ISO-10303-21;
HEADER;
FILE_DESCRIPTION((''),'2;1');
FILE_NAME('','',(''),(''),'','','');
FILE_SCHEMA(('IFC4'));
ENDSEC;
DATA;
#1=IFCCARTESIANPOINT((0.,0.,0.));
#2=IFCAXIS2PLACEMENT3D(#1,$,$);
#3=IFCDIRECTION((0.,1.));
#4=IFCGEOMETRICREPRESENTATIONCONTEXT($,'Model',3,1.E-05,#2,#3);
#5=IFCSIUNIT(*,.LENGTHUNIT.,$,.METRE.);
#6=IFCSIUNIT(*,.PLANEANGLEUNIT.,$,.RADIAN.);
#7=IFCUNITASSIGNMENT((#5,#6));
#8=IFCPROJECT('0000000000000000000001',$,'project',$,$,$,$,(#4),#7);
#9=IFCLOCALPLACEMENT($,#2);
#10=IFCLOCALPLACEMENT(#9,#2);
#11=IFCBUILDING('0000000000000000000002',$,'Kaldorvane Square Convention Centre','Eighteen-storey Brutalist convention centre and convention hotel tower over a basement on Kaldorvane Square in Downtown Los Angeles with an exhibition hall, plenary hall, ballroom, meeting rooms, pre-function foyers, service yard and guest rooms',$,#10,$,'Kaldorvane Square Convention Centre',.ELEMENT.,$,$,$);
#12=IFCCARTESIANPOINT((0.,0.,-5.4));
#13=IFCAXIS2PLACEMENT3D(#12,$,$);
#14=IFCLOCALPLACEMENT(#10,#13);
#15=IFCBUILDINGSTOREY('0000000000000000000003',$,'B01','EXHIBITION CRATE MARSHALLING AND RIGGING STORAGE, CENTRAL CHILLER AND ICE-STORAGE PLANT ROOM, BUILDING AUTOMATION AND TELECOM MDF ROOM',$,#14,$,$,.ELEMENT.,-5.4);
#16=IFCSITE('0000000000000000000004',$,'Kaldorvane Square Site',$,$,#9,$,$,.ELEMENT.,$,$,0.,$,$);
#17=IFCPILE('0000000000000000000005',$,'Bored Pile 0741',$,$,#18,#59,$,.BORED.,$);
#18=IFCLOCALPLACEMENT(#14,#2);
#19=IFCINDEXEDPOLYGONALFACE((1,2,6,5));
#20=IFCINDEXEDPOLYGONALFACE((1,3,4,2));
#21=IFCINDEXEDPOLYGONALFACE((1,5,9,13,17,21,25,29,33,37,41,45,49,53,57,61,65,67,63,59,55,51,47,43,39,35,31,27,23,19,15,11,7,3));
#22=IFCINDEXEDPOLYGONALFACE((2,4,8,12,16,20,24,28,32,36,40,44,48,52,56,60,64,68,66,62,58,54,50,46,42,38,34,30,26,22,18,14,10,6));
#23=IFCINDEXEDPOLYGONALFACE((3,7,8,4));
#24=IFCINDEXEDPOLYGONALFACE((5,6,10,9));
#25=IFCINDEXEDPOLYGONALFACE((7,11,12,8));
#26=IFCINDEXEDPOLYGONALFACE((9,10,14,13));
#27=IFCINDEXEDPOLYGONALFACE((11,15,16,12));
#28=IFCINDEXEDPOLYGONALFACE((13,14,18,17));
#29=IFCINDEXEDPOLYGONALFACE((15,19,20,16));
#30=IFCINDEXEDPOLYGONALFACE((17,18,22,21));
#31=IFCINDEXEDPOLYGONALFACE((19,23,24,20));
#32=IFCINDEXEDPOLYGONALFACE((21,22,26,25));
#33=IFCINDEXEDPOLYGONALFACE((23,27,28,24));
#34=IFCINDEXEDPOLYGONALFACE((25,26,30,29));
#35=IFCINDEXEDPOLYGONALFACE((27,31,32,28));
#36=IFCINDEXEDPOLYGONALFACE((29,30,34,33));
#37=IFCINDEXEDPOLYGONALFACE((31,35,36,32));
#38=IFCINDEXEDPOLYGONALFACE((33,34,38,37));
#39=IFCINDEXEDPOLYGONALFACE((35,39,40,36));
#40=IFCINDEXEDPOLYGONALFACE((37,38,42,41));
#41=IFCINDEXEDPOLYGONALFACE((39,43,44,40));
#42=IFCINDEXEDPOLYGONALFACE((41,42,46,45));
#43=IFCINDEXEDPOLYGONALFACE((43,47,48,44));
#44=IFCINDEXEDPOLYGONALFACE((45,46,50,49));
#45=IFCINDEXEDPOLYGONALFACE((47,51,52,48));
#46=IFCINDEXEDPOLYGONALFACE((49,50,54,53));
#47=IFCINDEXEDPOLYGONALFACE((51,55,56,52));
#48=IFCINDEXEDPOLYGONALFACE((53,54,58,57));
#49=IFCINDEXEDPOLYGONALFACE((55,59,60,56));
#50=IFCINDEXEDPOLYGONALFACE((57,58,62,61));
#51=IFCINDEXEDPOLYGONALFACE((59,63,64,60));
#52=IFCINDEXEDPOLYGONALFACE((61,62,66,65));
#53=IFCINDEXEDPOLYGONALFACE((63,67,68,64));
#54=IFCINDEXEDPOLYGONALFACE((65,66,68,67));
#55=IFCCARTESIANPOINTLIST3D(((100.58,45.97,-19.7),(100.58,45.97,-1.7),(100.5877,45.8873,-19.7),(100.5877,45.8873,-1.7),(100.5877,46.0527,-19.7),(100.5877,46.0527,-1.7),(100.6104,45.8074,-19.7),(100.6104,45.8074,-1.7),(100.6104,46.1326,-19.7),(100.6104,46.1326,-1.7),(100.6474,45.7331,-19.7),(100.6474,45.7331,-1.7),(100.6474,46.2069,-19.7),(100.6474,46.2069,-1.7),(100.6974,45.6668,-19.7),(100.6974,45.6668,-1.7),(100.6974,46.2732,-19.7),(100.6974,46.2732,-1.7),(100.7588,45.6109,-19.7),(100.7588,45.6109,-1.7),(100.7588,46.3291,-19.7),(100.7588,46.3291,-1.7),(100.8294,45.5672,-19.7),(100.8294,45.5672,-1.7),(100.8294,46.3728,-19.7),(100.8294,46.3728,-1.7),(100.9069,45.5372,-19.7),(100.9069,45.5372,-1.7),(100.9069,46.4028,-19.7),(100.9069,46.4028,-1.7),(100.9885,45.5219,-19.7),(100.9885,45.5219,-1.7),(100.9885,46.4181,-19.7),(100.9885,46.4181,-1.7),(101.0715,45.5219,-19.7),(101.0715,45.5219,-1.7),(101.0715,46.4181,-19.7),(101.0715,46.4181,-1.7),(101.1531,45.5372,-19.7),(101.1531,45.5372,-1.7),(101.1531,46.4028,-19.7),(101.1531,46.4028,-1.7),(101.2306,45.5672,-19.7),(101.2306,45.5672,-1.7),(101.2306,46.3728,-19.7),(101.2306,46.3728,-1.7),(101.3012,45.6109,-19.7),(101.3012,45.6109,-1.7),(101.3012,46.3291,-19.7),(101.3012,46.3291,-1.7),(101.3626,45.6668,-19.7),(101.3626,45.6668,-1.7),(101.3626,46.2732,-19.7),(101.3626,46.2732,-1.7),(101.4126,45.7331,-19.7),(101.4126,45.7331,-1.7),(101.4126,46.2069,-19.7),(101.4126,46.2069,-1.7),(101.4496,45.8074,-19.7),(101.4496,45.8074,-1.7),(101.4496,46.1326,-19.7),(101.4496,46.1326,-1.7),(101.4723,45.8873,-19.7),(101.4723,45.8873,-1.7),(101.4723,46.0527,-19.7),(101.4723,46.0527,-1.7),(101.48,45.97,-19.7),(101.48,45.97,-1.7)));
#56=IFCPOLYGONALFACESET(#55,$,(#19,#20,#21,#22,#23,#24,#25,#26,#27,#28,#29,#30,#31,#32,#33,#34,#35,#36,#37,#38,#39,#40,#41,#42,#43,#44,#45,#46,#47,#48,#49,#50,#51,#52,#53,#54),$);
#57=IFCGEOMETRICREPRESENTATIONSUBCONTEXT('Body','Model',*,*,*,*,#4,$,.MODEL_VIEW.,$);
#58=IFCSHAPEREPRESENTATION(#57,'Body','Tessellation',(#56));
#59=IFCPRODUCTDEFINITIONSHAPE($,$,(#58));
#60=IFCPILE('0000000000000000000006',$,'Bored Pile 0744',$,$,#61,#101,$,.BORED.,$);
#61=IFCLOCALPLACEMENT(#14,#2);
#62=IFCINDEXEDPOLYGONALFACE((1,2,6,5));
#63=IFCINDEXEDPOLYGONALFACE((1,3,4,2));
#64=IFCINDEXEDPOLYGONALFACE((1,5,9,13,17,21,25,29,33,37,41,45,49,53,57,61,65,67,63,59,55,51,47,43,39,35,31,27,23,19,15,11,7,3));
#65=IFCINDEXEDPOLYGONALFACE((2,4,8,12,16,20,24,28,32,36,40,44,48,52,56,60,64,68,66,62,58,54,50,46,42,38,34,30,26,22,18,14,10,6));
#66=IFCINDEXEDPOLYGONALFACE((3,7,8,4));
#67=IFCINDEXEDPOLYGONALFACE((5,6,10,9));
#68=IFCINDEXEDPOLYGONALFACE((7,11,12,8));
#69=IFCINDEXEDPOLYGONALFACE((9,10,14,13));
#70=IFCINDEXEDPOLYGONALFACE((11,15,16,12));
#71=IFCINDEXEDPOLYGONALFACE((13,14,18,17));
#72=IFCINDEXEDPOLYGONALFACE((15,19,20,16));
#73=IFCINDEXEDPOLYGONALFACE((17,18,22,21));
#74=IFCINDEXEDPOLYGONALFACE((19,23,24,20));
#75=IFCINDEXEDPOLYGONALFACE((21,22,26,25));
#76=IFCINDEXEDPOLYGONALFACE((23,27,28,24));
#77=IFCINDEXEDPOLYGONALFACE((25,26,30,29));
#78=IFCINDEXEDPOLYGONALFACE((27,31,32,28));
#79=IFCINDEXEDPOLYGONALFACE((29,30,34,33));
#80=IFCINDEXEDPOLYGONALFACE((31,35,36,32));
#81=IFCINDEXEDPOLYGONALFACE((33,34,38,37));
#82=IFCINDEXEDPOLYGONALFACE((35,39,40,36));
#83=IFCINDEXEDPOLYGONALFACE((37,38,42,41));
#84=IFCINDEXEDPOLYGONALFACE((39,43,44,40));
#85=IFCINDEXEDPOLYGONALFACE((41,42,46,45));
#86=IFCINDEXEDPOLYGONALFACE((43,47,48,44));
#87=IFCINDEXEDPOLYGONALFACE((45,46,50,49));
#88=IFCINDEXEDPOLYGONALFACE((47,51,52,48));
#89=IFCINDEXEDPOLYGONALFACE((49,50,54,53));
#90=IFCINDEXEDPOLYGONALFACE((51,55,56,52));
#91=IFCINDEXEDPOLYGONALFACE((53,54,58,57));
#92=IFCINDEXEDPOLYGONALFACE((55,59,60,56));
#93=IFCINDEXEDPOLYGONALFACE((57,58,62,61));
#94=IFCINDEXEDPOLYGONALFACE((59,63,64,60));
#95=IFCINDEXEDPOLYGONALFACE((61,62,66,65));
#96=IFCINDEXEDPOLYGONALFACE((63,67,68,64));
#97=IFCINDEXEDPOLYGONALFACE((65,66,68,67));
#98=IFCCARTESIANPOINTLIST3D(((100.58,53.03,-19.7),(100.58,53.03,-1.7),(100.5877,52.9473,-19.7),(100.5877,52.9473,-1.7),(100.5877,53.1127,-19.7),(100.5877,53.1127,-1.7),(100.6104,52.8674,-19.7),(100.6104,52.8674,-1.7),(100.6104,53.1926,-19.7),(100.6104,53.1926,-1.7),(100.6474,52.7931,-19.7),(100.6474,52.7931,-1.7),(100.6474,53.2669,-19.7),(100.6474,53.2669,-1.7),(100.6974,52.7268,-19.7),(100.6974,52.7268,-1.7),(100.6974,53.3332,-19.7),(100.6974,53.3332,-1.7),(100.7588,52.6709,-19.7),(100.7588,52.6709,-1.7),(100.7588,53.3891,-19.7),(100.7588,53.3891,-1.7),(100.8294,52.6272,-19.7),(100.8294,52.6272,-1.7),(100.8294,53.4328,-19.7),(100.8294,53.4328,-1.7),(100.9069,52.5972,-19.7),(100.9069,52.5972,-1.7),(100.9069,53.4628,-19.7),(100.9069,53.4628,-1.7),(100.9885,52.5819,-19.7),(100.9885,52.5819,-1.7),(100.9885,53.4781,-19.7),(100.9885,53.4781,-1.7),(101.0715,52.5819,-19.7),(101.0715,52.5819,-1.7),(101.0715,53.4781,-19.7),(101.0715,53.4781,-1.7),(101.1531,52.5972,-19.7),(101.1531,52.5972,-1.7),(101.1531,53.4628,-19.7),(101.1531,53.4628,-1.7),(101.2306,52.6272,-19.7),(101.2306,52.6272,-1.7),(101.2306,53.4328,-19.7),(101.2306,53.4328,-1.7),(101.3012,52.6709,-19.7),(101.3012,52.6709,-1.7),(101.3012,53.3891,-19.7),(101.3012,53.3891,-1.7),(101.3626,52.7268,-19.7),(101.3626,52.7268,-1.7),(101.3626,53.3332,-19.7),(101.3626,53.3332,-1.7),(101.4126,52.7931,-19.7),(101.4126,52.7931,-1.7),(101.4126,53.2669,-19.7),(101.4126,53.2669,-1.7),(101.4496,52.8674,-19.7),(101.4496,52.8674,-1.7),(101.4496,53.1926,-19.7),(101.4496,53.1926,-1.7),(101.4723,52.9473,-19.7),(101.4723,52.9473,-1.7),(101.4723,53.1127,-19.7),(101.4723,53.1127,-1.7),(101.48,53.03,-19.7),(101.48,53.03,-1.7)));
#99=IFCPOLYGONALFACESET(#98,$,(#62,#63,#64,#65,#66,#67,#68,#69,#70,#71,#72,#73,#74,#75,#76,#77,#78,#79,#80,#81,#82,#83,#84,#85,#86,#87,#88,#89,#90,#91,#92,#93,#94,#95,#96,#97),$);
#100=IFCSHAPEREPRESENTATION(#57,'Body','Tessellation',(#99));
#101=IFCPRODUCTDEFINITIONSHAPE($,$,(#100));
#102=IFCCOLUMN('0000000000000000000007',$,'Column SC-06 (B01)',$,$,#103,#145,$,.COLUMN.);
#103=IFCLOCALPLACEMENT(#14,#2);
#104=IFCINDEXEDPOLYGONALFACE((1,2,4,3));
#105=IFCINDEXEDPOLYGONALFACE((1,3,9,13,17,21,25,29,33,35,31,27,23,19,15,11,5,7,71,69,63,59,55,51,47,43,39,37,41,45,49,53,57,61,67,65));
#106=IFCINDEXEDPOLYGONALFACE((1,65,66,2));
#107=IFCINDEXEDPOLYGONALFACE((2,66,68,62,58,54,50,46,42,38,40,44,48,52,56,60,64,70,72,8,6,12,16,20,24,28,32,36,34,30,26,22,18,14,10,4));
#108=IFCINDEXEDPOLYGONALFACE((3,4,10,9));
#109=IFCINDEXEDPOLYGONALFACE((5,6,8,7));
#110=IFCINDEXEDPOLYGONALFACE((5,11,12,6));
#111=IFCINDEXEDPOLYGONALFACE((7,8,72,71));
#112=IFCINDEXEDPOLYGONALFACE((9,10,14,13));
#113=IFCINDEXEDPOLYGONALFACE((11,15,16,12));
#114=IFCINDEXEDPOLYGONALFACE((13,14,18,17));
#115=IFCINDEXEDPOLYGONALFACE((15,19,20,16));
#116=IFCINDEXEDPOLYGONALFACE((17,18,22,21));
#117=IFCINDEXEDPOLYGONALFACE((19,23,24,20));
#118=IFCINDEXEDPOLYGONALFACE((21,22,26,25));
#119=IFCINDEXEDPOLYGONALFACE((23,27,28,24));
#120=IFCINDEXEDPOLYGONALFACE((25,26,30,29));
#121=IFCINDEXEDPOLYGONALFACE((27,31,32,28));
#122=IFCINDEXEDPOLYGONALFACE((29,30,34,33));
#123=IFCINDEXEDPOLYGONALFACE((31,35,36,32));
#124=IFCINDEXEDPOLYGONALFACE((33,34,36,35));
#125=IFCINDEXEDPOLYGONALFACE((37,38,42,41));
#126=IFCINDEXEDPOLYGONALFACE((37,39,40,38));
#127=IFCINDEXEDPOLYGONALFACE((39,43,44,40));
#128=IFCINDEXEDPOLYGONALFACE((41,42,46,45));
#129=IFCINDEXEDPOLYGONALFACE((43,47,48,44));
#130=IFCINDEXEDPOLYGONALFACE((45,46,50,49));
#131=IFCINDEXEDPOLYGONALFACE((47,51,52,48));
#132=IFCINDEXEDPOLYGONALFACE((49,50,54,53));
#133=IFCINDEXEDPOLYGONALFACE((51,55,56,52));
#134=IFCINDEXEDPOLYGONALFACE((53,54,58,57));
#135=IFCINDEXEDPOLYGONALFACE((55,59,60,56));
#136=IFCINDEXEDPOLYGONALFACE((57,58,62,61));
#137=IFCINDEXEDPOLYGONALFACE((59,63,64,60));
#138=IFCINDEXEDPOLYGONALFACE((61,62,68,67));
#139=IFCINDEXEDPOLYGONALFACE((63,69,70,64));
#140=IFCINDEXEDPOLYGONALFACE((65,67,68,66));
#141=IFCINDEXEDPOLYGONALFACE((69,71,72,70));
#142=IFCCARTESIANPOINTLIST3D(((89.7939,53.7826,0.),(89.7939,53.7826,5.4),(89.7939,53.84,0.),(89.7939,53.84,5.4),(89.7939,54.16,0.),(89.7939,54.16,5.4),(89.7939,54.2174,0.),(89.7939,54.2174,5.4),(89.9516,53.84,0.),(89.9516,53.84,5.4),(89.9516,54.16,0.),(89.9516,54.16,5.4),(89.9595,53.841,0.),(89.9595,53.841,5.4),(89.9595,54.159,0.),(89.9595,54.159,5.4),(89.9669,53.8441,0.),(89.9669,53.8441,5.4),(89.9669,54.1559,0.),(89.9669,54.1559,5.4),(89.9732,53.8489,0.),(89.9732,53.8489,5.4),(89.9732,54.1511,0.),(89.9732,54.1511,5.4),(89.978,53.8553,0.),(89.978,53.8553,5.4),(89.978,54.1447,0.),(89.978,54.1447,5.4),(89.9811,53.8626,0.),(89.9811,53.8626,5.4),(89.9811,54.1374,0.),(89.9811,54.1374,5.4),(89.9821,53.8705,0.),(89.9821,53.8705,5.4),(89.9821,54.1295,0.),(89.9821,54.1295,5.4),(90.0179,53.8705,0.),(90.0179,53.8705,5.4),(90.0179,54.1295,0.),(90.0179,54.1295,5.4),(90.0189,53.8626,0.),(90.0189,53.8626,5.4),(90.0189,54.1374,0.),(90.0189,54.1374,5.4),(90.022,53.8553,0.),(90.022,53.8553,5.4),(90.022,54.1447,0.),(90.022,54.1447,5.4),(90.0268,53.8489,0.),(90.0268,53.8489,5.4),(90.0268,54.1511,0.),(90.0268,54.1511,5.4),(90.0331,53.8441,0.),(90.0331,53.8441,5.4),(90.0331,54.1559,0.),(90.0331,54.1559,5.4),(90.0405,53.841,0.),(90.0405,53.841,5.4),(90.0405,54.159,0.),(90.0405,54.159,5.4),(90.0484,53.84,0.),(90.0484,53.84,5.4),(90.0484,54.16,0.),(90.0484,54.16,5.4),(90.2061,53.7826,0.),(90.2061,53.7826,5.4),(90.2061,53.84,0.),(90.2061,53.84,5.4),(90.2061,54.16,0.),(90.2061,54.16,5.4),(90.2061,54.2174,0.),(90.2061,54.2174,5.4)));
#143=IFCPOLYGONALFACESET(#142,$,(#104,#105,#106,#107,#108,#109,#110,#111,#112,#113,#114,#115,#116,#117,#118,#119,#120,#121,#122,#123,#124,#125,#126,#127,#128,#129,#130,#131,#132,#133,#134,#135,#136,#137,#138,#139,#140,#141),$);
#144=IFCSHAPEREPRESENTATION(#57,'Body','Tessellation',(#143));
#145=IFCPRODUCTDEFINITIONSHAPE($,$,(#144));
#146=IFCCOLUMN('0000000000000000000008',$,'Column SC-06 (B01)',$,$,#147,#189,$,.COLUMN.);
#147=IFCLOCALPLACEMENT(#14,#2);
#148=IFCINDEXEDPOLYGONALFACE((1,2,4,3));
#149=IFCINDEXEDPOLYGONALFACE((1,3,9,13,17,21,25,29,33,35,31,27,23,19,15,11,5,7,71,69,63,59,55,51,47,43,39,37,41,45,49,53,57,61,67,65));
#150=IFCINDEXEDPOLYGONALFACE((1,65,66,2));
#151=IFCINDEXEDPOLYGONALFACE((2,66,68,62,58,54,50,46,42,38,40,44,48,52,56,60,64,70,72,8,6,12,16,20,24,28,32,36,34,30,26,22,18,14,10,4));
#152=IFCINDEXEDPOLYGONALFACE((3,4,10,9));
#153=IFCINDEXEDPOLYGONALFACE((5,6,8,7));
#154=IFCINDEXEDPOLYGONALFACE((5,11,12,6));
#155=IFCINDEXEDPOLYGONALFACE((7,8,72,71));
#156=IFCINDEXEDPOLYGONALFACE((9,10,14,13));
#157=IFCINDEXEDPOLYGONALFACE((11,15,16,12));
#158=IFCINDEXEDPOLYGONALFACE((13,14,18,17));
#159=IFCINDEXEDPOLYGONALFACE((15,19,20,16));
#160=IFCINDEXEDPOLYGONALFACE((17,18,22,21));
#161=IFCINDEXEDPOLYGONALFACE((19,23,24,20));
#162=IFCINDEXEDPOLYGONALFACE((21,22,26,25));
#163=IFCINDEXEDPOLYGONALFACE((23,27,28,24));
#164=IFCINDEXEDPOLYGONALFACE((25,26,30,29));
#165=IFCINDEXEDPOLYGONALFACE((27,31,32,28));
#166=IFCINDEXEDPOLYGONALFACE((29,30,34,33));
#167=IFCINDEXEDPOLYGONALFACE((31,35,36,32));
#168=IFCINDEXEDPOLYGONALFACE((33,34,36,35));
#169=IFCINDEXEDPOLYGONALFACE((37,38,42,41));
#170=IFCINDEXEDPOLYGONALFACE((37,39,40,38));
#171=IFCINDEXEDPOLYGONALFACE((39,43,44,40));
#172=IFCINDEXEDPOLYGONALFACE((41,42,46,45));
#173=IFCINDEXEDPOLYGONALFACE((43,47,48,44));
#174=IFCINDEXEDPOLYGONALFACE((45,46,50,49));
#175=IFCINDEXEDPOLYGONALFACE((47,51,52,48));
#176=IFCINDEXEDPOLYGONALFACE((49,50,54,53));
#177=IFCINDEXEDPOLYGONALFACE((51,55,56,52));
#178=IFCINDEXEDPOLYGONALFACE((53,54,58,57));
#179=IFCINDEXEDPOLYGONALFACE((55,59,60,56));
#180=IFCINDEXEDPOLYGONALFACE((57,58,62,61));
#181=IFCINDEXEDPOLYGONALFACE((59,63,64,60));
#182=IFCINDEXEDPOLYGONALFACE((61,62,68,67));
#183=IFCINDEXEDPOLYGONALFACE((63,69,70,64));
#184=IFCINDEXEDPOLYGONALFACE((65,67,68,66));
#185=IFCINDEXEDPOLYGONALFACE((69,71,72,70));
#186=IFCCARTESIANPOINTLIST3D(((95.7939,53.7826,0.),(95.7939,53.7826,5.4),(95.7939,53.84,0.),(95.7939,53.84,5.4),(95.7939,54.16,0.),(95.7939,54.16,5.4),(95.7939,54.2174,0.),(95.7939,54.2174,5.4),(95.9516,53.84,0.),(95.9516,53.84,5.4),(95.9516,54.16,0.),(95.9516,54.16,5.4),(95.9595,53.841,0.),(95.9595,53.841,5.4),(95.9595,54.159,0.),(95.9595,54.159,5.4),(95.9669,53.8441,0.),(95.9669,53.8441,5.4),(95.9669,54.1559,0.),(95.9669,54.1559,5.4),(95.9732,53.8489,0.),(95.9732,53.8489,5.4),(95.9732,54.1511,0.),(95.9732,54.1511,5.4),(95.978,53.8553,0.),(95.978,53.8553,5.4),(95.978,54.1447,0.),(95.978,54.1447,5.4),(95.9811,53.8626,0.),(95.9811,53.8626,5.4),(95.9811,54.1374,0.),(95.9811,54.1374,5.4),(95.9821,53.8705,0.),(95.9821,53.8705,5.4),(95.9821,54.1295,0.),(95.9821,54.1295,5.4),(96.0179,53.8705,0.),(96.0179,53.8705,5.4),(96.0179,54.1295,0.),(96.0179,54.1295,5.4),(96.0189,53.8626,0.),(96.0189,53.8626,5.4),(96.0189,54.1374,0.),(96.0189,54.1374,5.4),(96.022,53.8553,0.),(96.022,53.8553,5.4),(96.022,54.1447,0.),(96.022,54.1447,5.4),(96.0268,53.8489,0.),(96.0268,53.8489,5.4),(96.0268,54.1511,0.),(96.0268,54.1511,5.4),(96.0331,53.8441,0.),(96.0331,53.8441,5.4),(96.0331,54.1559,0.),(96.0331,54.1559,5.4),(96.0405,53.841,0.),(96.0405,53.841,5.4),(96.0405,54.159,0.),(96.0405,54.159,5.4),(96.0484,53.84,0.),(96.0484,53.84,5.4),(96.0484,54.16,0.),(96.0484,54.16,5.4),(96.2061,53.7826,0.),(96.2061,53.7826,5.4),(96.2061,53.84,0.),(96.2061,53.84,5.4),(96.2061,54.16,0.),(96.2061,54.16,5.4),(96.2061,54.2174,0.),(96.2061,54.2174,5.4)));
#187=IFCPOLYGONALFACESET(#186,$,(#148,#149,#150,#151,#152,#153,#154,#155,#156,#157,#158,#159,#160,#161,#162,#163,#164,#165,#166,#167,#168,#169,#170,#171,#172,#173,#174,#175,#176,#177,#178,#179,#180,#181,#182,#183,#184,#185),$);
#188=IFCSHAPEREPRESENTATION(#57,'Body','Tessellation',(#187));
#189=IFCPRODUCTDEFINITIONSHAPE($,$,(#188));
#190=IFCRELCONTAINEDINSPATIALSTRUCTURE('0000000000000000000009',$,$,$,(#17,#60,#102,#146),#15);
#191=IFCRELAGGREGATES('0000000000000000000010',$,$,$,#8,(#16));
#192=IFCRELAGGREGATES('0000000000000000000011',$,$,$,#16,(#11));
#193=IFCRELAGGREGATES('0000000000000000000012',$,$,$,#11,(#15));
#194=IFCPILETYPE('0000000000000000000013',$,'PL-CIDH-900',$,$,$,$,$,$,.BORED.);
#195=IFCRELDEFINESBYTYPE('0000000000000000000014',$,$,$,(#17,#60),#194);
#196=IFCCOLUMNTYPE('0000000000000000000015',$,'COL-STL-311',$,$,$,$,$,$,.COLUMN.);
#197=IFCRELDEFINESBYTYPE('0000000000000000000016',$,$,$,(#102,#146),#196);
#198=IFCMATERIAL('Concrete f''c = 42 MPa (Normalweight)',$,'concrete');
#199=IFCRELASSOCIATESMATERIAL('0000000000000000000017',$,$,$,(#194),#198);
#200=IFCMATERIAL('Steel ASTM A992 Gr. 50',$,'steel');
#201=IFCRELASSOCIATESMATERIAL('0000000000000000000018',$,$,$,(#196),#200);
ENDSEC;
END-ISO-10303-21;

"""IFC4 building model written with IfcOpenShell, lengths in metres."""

from ifc_helpers import new_model, si_unit, direction, frame, origin, origin_2d, place, context, subcontext, project, spatial, circle, i_section, extrude, material, material_profile, profile_set, type_object, element, save


model = new_model("IFC4")

# Units and contexts
model_context = context("Model", 3, precision=1e-05, world=origin(), true_north=direction((0.0, 1.0)))
body_context = subcontext(model_context, "Body", "Model", "MODEL_VIEW")
ifc_project = project(units=[si_unit("LENGTHUNIT", "METRE"), si_unit("PLANEANGLEUNIT", "RADIAN")], contexts=[model_context])

# Site, building, storey
site_placement = place(None, origin())
site = spatial("IfcSite", under=ifc_project, at=site_placement, Name="Kaldorvane Square Site", CompositionType="ELEMENT", RefElevation=0.0)
building_placement = place(site_placement, origin())
building = spatial("IfcBuilding", under=site, at=building_placement, Name="Kaldorvane Square Convention Centre", Description="Eighteen-storey Brutalist convention centre and convention hotel tower over a basement on Kaldorvane Square in Downtown Los Angeles with an exhibition hall, plenary hall, ballroom, meeting rooms, pre-function foyers, service yard and guest rooms", LongName="Kaldorvane Square Convention Centre", CompositionType="ELEMENT")
storey_placement = place(building_placement, frame((0.0, 0.0, -5.4)))
storey = spatial("IfcBuildingStorey", under=building, at=storey_placement, Name="B01", Description="EXHIBITION CRATE MARSHALLING AND RIGGING STORAGE, CENTRAL CHILLER AND ICE-STORAGE PLANT ROOM, BUILDING AUTOMATION AND TELECOM MDF ROOM", CompositionType="ELEMENT", Elevation=-5.4)

# Shared definitions
ifc_material_1 = material(Name="Concrete f'c = 42 MPa (Normalweight)", Category="concrete")

# Piles
ifc_material_profile_1 = material_profile(ifc_material_1, circle(Radius=0.45, at=origin_2d()), Name="PILE-D900")
ifc_profile_set_1 = profile_set([ifc_material_profile_1], Name="Concrete f'c = 42 MPa (Normalweight)")
pile_type = type_object("IfcPileType", Name="PL-CIDH-900", PredefinedType="BORED", material=ifc_profile_set_1)
for number, where, z_axis, x_axis, name in (
    (1, (101.03, 45.97, -1.7), (0.0, 0.0, -1.0), (1.0, 0.0, 0.0), "Bored Pile 0741"),
    (2, (101.03, 53.03, -1.7), (0.0, 0.0, -1.0), (1.0, 0.0, 0.0), "Bored Pile 0744"),
):
    element("IfcPile", number, at=place(storey_placement, frame(where, z_axis=z_axis, x_axis=x_axis)), inside=storey, type_object=pile_type, Name=name, PredefinedType="BORED", context=body_context, shape_type="SweptSolid", body=[
        extrude(circle(Radius=0.45, at=origin_2d()), origin(), (0.0, 0.0, 1.0), 18.0),
    ])

# Columns
ifc_material_2 = material(Name="Steel ASTM A992 Gr. 50", Category="steel")
ifc_material_profile_2 = material_profile(ifc_material_2, i_section(OverallWidth=0.4122, OverallDepth=0.4348, WebThickness=0.0358, FlangeThickness=0.0574, FilletRadius=0.0305, at=origin_2d()), Name="W14X311")
ifc_profile_set_2 = profile_set([ifc_material_profile_2], Name="Steel ASTM A992 Gr. 50")
column_type = type_object("IfcColumnType", Name="COL-STL-311", PredefinedType="COLUMN", material=ifc_profile_set_2)
for number, where, z_axis, x_axis, name in (
    (3, (90.0, 54.0, 0.0), (0.0, 0.0, 1.0), (1.0, 0.0, 0.0), "Column SC-06 (B01)"),
    (4, (96.0, 54.0, 0.0), (0.0, 0.0, 1.0), (1.0, 0.0, 0.0), "Column SC-06 (B01)"),
):
    element("IfcColumn", number, at=place(storey_placement, frame(where, z_axis=z_axis, x_axis=x_axis)), inside=storey, type_object=column_type, Name=name, PredefinedType="COLUMN", context=body_context, shape_type="SweptSolid", body=[
        extrude(i_section(OverallWidth=0.4122, OverallDepth=0.4348, WebThickness=0.0358, FlangeThickness=0.0574, FilletRadius=0.0305, at=origin_2d()), origin(), (0.0, 0.0, 1.0), 5.4),
    ])

save(model, "model.ifc")
